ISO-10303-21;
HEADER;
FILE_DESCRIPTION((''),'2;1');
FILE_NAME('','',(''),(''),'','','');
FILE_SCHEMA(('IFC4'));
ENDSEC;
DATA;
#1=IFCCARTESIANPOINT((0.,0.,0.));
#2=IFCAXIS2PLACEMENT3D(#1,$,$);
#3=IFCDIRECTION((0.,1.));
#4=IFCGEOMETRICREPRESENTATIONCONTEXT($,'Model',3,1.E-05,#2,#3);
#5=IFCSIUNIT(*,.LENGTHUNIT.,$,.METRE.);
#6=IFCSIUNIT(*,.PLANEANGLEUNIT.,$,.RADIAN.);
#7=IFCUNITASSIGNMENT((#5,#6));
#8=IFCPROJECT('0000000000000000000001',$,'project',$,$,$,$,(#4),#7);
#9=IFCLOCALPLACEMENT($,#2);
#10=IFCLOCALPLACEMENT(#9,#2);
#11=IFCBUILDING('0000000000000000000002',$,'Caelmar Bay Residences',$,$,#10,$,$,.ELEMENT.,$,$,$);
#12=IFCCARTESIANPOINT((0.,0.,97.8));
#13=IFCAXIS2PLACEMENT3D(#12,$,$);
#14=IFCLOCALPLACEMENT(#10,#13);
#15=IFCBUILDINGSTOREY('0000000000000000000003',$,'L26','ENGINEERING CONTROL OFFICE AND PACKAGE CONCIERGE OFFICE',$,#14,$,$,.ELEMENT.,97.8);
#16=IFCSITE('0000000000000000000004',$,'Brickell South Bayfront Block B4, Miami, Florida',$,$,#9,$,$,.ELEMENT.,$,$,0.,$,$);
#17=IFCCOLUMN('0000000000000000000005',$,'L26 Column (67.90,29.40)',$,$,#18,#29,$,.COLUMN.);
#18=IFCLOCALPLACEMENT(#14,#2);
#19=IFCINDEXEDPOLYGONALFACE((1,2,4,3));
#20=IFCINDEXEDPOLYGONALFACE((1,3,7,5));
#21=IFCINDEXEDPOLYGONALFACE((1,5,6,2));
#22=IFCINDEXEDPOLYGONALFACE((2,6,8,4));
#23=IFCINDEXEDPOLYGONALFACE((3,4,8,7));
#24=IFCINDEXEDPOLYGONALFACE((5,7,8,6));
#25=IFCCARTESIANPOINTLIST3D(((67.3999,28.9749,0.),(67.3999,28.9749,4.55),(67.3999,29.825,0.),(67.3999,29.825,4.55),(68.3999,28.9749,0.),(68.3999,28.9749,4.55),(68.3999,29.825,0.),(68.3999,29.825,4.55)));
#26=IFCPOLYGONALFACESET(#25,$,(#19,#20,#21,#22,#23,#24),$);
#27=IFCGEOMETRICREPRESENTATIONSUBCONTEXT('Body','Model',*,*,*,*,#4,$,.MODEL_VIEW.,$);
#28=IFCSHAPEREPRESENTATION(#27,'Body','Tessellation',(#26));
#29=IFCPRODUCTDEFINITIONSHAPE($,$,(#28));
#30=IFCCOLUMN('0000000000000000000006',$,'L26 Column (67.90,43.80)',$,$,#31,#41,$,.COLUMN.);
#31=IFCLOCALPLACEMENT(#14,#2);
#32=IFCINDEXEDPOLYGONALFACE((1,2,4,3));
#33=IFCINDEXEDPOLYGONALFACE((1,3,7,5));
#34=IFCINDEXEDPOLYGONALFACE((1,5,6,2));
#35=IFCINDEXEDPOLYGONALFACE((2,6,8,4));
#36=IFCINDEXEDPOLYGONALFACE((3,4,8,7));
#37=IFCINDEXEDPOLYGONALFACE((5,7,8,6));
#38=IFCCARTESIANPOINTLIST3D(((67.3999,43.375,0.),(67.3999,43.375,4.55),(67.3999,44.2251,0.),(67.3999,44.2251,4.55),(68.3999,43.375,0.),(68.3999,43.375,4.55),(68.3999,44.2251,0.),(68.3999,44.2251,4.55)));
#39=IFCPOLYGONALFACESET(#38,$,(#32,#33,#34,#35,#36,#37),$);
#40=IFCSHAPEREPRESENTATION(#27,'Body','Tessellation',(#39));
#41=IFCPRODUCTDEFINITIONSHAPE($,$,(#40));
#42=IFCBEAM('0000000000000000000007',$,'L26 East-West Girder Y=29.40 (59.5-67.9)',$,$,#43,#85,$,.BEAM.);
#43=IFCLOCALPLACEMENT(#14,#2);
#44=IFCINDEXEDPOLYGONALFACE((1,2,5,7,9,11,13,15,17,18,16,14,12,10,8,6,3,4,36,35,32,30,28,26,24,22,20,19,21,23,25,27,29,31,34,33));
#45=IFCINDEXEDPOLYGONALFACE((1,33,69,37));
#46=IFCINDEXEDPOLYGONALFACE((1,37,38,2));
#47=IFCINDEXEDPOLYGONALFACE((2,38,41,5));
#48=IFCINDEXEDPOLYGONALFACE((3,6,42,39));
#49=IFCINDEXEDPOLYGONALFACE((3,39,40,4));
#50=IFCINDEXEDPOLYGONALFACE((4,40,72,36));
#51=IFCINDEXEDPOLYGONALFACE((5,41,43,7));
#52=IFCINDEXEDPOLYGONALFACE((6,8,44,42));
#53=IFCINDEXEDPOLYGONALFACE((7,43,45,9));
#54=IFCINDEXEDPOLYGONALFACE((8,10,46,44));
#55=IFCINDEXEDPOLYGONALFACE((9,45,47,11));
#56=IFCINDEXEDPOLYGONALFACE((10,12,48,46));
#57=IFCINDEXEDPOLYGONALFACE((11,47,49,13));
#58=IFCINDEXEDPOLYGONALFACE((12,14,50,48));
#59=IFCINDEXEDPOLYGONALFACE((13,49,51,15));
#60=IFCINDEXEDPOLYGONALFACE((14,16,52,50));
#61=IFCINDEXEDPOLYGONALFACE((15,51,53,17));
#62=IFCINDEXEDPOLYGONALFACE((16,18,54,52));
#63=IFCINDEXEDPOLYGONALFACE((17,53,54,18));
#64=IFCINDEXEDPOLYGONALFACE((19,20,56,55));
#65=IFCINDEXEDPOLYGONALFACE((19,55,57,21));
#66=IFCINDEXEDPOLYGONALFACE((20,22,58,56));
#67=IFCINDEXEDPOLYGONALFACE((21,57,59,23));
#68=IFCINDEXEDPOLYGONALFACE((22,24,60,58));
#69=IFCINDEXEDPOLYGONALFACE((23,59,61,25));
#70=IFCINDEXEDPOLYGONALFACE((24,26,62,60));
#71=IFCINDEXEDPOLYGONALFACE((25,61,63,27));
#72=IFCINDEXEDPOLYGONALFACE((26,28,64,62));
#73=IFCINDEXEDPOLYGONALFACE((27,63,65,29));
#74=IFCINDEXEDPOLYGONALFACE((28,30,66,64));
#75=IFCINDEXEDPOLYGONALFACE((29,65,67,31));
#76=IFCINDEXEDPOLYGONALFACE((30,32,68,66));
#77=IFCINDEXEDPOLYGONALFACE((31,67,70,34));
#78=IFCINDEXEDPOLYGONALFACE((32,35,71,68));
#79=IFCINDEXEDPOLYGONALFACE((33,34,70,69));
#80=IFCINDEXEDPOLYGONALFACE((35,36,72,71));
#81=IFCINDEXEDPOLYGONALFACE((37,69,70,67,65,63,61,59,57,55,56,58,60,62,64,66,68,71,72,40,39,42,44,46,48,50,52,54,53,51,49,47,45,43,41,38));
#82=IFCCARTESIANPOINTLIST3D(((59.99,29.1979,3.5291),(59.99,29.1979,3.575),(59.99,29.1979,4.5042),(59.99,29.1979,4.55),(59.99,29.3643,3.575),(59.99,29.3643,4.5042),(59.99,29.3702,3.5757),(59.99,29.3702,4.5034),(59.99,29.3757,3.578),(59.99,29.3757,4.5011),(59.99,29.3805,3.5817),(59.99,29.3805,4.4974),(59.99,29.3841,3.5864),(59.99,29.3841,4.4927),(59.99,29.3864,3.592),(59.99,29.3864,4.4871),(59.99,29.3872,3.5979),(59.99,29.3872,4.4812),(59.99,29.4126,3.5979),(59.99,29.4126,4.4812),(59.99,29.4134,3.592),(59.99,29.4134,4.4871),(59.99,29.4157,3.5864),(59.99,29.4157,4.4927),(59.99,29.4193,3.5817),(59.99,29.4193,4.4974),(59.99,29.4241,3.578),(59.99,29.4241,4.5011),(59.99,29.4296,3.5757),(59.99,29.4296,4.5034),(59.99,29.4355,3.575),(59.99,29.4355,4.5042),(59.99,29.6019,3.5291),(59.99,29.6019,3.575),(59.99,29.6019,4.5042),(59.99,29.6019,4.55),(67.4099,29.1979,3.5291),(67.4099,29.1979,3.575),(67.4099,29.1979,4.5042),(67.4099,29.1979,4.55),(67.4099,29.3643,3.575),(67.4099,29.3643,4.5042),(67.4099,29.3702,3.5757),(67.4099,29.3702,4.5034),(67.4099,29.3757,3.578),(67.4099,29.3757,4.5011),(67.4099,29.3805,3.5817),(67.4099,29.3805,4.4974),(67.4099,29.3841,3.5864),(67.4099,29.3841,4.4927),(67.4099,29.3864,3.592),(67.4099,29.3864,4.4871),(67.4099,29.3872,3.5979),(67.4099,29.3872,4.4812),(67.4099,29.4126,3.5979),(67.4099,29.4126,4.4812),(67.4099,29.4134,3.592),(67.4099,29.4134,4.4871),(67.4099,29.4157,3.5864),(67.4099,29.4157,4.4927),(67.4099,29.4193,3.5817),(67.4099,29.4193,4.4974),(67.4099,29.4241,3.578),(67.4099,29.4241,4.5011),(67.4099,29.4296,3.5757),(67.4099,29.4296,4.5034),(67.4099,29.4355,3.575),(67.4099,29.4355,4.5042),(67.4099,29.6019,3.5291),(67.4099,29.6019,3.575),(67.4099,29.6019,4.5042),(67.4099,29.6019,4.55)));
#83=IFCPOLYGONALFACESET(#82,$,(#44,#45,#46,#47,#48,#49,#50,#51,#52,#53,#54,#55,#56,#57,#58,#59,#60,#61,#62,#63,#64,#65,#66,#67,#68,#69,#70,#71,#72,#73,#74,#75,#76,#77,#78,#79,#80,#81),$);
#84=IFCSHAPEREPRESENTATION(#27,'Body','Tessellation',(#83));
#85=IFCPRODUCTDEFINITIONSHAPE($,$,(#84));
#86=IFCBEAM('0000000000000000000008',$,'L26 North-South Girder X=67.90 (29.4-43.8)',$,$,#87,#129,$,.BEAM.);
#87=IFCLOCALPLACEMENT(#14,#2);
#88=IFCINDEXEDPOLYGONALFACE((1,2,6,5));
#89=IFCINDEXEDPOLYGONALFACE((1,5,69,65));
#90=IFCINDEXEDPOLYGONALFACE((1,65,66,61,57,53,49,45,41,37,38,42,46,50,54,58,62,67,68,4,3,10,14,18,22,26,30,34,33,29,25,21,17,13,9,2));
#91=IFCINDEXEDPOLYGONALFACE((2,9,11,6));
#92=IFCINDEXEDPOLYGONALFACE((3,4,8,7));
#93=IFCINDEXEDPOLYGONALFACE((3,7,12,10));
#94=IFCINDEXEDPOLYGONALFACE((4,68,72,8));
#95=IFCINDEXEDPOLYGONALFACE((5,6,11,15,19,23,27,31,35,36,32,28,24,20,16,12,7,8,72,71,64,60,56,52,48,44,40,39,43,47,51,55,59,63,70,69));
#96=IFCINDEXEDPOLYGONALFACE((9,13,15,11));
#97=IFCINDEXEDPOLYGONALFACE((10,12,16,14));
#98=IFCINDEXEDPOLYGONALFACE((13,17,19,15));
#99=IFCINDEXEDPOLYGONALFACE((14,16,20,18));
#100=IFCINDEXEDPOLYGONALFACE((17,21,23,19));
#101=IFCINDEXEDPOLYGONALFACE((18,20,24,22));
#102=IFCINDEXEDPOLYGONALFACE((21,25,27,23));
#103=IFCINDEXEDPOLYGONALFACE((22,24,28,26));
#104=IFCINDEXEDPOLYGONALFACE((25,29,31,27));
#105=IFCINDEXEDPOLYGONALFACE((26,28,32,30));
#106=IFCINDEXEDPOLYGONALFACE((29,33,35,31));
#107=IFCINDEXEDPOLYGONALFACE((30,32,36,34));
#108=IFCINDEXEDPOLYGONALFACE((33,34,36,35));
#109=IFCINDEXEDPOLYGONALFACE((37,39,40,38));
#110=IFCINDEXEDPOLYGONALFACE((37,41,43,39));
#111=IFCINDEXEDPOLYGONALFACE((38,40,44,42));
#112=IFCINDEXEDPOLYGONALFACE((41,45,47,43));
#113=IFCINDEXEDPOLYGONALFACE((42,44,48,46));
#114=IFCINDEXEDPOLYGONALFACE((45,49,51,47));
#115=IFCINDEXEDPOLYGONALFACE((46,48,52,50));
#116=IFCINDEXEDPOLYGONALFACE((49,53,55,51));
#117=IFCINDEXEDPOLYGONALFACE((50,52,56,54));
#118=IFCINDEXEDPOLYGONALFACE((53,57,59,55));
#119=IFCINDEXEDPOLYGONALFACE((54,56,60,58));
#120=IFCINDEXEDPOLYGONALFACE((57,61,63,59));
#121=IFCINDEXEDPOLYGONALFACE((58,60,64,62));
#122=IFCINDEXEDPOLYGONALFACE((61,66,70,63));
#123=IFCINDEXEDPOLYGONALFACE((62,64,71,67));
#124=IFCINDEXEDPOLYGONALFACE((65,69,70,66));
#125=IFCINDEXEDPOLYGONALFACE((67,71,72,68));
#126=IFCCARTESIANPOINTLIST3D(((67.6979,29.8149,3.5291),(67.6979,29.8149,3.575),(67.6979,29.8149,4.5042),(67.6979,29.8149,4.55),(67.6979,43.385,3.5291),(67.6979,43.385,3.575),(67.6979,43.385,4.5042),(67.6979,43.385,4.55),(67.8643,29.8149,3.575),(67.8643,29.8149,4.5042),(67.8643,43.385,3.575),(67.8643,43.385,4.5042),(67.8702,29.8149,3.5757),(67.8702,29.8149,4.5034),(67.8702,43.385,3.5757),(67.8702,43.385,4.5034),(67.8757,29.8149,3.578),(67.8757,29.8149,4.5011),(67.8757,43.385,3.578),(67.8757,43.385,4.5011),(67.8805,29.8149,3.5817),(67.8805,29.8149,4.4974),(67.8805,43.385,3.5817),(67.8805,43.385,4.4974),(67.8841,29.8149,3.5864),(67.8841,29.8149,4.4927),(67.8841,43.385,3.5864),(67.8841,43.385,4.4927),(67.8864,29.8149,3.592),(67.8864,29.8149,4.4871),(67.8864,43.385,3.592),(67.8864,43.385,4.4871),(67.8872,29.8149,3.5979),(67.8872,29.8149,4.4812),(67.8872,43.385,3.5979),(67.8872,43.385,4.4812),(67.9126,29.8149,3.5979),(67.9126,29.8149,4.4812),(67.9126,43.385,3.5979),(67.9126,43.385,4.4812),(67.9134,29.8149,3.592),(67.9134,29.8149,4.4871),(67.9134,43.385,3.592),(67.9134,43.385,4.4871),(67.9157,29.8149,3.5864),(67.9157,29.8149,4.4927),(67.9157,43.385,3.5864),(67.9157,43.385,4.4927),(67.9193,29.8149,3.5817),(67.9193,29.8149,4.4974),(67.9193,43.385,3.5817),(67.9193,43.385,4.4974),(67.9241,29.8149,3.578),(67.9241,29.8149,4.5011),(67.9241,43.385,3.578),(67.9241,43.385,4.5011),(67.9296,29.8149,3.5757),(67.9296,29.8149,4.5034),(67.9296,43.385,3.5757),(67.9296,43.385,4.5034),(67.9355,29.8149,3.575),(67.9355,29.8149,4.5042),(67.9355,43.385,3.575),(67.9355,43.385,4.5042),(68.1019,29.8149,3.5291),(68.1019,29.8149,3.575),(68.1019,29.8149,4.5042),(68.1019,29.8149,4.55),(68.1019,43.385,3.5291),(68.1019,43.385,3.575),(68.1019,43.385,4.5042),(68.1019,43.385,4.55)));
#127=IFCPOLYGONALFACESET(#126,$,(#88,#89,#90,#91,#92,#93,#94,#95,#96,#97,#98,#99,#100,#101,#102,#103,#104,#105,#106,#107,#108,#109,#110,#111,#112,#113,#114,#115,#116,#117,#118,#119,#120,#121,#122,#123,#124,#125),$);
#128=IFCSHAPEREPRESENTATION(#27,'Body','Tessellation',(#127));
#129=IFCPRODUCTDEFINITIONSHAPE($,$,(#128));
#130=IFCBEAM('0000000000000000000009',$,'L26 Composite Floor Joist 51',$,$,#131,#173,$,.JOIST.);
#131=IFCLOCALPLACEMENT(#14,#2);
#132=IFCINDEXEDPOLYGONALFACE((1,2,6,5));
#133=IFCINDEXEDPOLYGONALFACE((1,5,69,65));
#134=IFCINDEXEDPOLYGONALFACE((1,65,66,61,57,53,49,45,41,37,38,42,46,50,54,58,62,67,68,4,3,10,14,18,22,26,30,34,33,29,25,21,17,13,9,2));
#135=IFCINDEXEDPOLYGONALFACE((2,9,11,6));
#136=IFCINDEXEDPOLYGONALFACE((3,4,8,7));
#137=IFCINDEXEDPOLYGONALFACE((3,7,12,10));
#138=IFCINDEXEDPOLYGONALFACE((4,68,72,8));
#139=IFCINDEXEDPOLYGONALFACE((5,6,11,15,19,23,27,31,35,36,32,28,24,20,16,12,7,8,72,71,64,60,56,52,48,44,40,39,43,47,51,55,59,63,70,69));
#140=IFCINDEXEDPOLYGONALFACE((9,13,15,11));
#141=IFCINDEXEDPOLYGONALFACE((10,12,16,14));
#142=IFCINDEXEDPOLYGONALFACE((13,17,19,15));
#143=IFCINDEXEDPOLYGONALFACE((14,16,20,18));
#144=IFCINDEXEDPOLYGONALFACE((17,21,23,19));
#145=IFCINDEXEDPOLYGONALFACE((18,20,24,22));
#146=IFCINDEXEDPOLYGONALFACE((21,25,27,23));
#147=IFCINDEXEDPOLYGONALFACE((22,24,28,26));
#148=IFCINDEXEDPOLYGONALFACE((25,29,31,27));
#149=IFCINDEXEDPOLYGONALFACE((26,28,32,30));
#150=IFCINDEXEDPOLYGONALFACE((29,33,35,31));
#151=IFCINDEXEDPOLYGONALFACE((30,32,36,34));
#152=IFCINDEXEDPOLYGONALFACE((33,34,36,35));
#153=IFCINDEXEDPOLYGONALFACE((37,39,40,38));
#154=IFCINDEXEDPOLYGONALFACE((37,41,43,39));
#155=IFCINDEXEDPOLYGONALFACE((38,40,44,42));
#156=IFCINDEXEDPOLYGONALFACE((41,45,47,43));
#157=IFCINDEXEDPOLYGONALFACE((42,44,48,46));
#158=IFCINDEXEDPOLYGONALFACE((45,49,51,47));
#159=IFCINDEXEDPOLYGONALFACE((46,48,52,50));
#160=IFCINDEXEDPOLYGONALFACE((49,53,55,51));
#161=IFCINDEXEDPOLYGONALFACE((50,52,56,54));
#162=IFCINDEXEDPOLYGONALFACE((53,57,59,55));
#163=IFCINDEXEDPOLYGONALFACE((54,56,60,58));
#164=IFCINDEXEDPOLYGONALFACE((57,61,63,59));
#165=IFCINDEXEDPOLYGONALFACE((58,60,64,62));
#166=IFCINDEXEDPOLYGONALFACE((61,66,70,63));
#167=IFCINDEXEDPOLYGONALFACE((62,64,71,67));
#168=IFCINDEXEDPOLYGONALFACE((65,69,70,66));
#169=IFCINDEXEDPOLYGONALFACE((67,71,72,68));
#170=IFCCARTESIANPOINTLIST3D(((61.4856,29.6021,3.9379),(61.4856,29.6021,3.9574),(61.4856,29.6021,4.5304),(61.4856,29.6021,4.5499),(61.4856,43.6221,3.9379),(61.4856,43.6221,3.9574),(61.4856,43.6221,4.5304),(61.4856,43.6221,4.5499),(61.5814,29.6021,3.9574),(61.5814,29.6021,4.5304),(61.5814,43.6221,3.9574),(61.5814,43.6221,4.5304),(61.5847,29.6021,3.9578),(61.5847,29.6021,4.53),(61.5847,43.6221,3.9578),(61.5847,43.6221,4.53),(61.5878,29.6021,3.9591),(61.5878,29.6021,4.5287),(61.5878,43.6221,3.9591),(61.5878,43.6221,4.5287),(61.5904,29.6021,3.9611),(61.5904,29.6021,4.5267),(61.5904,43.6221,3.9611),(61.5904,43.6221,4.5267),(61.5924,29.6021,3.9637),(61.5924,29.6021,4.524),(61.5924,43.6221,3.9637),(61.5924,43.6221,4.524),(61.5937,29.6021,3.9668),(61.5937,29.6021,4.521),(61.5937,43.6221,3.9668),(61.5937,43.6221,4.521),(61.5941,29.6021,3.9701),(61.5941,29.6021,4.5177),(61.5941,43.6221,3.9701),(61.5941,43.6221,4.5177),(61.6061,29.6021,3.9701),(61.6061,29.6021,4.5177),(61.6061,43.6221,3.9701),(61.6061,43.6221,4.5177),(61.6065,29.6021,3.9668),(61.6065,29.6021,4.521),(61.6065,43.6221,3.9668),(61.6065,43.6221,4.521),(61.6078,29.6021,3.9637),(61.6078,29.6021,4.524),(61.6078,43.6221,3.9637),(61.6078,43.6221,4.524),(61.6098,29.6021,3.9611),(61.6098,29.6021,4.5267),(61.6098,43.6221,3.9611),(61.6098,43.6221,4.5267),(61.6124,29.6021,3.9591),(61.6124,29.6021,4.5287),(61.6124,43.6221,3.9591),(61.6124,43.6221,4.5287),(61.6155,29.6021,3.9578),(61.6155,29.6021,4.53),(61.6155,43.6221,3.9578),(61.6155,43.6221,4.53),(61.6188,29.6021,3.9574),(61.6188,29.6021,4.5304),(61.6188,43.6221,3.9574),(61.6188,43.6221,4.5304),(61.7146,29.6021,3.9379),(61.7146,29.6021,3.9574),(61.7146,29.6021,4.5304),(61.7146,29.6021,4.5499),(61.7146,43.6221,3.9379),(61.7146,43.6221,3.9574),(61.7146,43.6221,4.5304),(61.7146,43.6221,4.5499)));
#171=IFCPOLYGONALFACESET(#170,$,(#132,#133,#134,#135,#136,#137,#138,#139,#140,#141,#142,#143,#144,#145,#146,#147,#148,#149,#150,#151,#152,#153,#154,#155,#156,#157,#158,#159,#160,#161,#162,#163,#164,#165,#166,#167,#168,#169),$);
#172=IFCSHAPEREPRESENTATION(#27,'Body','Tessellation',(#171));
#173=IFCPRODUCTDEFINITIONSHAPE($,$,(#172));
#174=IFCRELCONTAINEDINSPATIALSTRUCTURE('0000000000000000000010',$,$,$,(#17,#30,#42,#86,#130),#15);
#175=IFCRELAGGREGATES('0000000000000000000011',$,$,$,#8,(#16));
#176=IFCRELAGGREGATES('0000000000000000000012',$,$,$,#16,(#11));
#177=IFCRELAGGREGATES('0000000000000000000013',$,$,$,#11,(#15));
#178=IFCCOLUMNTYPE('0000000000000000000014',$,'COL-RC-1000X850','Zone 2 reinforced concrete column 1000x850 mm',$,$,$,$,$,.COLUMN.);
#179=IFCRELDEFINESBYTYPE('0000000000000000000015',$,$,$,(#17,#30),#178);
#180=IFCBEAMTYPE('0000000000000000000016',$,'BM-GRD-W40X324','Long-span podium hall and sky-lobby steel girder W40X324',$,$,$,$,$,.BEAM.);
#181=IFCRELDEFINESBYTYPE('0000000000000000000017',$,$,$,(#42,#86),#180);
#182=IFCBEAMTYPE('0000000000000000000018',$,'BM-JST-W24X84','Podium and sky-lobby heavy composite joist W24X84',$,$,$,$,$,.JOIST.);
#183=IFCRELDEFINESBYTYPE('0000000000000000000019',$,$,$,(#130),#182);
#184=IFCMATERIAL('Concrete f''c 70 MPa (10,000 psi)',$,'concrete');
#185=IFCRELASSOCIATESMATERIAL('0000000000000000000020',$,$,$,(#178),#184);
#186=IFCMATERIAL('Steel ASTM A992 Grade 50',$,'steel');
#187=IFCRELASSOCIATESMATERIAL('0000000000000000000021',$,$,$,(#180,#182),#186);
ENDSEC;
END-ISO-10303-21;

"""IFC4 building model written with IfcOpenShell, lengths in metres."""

from ifc_helpers import new_model, si_unit, direction, frame, origin, origin_2d, place, context, subcontext, project, spatial, rectangle, i_section, extrude, material, material_profile, profile_set, type_object, element, save


model = new_model("IFC4")

# Units and contexts
model_context = context("Model", 3, precision=1e-05, world=origin(), true_north=direction((0.0, 1.0)))
body_context = subcontext(model_context, "Body", "Model", "MODEL_VIEW")
ifc_project = project(units=[si_unit("LENGTHUNIT", "METRE"), si_unit("PLANEANGLEUNIT", "RADIAN")], contexts=[model_context])

# Site, building, storey
site_placement = place(None, origin())
site = spatial("IfcSite", under=ifc_project, at=site_placement, Name="Brickell South Bayfront Block B4, Miami, Florida", CompositionType="ELEMENT", RefElevation=0.0)
building_placement = place(site_placement, origin())
building = spatial("IfcBuilding", under=site, at=building_placement, Name="Caelmar Bay Residences", CompositionType="ELEMENT")
storey_placement = place(building_placement, frame((0.0, 0.0, 97.8)))
storey = spatial("IfcBuildingStorey", under=building, at=storey_placement, Name="L26", Description="ENGINEERING CONTROL OFFICE AND PACKAGE CONCIERGE OFFICE", CompositionType="ELEMENT", Elevation=97.8)

# Columns
ifc_material_1 = material(Name="Concrete f'c 70 MPa (10,000 psi)", Category="concrete")
ifc_material_profile_1 = material_profile(ifc_material_1, rectangle(XDim=1.0, YDim=0.8501, at=origin_2d()), Name="RC-COL-1000X850")
ifc_profile_set_1 = profile_set([ifc_material_profile_1], Name="Concrete f'c 70 MPa (10,000 psi)")
column_type = type_object("IfcColumnType", Name="COL-RC-1000X850", Description="Zone 2 reinforced concrete column 1000x850 mm", PredefinedType="COLUMN", material=ifc_profile_set_1)
for number, where, z_axis, x_axis, name in (
    (1, (67.8999, 29.3999, 0.0), (0.0, 0.0, 1.0), (1.0, 0.0, 0.0), "L26 Column (67.90,29.40)"),
    (2, (67.8999, 43.8, 0.0), (0.0, 0.0, 1.0), (1.0, 0.0, 0.0), "L26 Column (67.90,43.80)"),
):
    element("IfcColumn", number, at=place(storey_placement, frame(where, z_axis=z_axis, x_axis=x_axis)), inside=storey, type_object=column_type, Name=name, PredefinedType="COLUMN", context=body_context, shape_type="SweptSolid", body=[
        extrude(rectangle(XDim=1.0, YDim=0.8501, at=origin_2d()), origin(), (0.0, 0.0, 1.0), 4.55),
    ])

# Beams
ifc_material_2 = material(Name="Steel ASTM A992 Grade 50", Category="steel")
ifc_material_profile_2 = material_profile(ifc_material_2, i_section(OverallWidth=0.4041, OverallDepth=1.021, WebThickness=0.0254, FlangeThickness=0.0459, FilletRadius=0.0229, at=origin_2d()), Name="W40X324")
ifc_profile_set_2 = profile_set([ifc_material_profile_2], Name="Steel ASTM A992 Grade 50")
beam_type_1 = type_object("IfcBeamType", Name="BM-GRD-W40X324", Description="Long-span podium hall and sky-lobby steel girder W40X324", PredefinedType="BEAM", material=ifc_profile_set_2)
beam_1_placement = place(storey_placement, frame((59.99, 29.3999, 4.0396), z_axis=(1.0, 0.0, 0.0), x_axis=(0.0, 1.0, 0.0)))
element("IfcBeam", 3, at=beam_1_placement, inside=storey, type_object=beam_type_1, Name="L26 East-West Girder Y=29.40 (59.5-67.9)", PredefinedType="BEAM", context=body_context, shape_type="SweptSolid", body=[
    extrude(i_section(OverallWidth=0.4041, OverallDepth=1.021, WebThickness=0.0254, FlangeThickness=0.0459, FilletRadius=0.0229, at=origin_2d()), origin(), (0.0, 0.0, 1.0), 7.4199),
])
beam_2_placement = place(storey_placement, frame((67.8999, 29.8149, 4.0396), z_axis=(0.0, 1.0, 0.0), x_axis=(-1.0, 0.0, 0.0)))
element("IfcBeam", 4, at=beam_2_placement, inside=storey, type_object=beam_type_1, Name="L26 North-South Girder X=67.90 (29.4-43.8)", PredefinedType="BEAM", context=body_context, shape_type="SweptSolid", body=[
    extrude(i_section(OverallWidth=0.4041, OverallDepth=1.021, WebThickness=0.0254, FlangeThickness=0.0459, FilletRadius=0.0229, at=origin_2d()), origin(), (0.0, 0.0, 1.0), 13.5701),
])
ifc_material_profile_3 = material_profile(ifc_material_2, i_section(OverallWidth=0.229, OverallDepth=0.6121, WebThickness=0.012, FlangeThickness=0.0195, FilletRadius=0.0127, at=origin_2d()), Name="W24X84")
ifc_profile_set_3 = profile_set([ifc_material_profile_3], Name="Steel ASTM A992 Grade 50")
beam_type_2 = type_object("IfcBeamType", Name="BM-JST-W24X84", Description="Podium and sky-lobby heavy composite joist W24X84", PredefinedType="JOIST", material=ifc_profile_set_3)
for number, where, z_axis, x_axis, name in (
    (5, (61.6001, 29.6021, 4.2439), (0.0, 1.0, 0.0), (-1.0, 0.0, 0.0), "L26 Composite Floor Joist 51"),
):
    element("IfcBeam", number, at=place(storey_placement, frame(where, z_axis=z_axis, x_axis=x_axis)), inside=storey, type_object=beam_type_2, Name=name, PredefinedType="JOIST", context=body_context, shape_type="SweptSolid", body=[
        extrude(i_section(OverallWidth=0.229, OverallDepth=0.6121, WebThickness=0.012, FlangeThickness=0.0195, FilletRadius=0.0127, at=origin_2d()), origin(), (0.0, 0.0, 1.0), 14.02),
    ])

save(model, "model.ifc")
